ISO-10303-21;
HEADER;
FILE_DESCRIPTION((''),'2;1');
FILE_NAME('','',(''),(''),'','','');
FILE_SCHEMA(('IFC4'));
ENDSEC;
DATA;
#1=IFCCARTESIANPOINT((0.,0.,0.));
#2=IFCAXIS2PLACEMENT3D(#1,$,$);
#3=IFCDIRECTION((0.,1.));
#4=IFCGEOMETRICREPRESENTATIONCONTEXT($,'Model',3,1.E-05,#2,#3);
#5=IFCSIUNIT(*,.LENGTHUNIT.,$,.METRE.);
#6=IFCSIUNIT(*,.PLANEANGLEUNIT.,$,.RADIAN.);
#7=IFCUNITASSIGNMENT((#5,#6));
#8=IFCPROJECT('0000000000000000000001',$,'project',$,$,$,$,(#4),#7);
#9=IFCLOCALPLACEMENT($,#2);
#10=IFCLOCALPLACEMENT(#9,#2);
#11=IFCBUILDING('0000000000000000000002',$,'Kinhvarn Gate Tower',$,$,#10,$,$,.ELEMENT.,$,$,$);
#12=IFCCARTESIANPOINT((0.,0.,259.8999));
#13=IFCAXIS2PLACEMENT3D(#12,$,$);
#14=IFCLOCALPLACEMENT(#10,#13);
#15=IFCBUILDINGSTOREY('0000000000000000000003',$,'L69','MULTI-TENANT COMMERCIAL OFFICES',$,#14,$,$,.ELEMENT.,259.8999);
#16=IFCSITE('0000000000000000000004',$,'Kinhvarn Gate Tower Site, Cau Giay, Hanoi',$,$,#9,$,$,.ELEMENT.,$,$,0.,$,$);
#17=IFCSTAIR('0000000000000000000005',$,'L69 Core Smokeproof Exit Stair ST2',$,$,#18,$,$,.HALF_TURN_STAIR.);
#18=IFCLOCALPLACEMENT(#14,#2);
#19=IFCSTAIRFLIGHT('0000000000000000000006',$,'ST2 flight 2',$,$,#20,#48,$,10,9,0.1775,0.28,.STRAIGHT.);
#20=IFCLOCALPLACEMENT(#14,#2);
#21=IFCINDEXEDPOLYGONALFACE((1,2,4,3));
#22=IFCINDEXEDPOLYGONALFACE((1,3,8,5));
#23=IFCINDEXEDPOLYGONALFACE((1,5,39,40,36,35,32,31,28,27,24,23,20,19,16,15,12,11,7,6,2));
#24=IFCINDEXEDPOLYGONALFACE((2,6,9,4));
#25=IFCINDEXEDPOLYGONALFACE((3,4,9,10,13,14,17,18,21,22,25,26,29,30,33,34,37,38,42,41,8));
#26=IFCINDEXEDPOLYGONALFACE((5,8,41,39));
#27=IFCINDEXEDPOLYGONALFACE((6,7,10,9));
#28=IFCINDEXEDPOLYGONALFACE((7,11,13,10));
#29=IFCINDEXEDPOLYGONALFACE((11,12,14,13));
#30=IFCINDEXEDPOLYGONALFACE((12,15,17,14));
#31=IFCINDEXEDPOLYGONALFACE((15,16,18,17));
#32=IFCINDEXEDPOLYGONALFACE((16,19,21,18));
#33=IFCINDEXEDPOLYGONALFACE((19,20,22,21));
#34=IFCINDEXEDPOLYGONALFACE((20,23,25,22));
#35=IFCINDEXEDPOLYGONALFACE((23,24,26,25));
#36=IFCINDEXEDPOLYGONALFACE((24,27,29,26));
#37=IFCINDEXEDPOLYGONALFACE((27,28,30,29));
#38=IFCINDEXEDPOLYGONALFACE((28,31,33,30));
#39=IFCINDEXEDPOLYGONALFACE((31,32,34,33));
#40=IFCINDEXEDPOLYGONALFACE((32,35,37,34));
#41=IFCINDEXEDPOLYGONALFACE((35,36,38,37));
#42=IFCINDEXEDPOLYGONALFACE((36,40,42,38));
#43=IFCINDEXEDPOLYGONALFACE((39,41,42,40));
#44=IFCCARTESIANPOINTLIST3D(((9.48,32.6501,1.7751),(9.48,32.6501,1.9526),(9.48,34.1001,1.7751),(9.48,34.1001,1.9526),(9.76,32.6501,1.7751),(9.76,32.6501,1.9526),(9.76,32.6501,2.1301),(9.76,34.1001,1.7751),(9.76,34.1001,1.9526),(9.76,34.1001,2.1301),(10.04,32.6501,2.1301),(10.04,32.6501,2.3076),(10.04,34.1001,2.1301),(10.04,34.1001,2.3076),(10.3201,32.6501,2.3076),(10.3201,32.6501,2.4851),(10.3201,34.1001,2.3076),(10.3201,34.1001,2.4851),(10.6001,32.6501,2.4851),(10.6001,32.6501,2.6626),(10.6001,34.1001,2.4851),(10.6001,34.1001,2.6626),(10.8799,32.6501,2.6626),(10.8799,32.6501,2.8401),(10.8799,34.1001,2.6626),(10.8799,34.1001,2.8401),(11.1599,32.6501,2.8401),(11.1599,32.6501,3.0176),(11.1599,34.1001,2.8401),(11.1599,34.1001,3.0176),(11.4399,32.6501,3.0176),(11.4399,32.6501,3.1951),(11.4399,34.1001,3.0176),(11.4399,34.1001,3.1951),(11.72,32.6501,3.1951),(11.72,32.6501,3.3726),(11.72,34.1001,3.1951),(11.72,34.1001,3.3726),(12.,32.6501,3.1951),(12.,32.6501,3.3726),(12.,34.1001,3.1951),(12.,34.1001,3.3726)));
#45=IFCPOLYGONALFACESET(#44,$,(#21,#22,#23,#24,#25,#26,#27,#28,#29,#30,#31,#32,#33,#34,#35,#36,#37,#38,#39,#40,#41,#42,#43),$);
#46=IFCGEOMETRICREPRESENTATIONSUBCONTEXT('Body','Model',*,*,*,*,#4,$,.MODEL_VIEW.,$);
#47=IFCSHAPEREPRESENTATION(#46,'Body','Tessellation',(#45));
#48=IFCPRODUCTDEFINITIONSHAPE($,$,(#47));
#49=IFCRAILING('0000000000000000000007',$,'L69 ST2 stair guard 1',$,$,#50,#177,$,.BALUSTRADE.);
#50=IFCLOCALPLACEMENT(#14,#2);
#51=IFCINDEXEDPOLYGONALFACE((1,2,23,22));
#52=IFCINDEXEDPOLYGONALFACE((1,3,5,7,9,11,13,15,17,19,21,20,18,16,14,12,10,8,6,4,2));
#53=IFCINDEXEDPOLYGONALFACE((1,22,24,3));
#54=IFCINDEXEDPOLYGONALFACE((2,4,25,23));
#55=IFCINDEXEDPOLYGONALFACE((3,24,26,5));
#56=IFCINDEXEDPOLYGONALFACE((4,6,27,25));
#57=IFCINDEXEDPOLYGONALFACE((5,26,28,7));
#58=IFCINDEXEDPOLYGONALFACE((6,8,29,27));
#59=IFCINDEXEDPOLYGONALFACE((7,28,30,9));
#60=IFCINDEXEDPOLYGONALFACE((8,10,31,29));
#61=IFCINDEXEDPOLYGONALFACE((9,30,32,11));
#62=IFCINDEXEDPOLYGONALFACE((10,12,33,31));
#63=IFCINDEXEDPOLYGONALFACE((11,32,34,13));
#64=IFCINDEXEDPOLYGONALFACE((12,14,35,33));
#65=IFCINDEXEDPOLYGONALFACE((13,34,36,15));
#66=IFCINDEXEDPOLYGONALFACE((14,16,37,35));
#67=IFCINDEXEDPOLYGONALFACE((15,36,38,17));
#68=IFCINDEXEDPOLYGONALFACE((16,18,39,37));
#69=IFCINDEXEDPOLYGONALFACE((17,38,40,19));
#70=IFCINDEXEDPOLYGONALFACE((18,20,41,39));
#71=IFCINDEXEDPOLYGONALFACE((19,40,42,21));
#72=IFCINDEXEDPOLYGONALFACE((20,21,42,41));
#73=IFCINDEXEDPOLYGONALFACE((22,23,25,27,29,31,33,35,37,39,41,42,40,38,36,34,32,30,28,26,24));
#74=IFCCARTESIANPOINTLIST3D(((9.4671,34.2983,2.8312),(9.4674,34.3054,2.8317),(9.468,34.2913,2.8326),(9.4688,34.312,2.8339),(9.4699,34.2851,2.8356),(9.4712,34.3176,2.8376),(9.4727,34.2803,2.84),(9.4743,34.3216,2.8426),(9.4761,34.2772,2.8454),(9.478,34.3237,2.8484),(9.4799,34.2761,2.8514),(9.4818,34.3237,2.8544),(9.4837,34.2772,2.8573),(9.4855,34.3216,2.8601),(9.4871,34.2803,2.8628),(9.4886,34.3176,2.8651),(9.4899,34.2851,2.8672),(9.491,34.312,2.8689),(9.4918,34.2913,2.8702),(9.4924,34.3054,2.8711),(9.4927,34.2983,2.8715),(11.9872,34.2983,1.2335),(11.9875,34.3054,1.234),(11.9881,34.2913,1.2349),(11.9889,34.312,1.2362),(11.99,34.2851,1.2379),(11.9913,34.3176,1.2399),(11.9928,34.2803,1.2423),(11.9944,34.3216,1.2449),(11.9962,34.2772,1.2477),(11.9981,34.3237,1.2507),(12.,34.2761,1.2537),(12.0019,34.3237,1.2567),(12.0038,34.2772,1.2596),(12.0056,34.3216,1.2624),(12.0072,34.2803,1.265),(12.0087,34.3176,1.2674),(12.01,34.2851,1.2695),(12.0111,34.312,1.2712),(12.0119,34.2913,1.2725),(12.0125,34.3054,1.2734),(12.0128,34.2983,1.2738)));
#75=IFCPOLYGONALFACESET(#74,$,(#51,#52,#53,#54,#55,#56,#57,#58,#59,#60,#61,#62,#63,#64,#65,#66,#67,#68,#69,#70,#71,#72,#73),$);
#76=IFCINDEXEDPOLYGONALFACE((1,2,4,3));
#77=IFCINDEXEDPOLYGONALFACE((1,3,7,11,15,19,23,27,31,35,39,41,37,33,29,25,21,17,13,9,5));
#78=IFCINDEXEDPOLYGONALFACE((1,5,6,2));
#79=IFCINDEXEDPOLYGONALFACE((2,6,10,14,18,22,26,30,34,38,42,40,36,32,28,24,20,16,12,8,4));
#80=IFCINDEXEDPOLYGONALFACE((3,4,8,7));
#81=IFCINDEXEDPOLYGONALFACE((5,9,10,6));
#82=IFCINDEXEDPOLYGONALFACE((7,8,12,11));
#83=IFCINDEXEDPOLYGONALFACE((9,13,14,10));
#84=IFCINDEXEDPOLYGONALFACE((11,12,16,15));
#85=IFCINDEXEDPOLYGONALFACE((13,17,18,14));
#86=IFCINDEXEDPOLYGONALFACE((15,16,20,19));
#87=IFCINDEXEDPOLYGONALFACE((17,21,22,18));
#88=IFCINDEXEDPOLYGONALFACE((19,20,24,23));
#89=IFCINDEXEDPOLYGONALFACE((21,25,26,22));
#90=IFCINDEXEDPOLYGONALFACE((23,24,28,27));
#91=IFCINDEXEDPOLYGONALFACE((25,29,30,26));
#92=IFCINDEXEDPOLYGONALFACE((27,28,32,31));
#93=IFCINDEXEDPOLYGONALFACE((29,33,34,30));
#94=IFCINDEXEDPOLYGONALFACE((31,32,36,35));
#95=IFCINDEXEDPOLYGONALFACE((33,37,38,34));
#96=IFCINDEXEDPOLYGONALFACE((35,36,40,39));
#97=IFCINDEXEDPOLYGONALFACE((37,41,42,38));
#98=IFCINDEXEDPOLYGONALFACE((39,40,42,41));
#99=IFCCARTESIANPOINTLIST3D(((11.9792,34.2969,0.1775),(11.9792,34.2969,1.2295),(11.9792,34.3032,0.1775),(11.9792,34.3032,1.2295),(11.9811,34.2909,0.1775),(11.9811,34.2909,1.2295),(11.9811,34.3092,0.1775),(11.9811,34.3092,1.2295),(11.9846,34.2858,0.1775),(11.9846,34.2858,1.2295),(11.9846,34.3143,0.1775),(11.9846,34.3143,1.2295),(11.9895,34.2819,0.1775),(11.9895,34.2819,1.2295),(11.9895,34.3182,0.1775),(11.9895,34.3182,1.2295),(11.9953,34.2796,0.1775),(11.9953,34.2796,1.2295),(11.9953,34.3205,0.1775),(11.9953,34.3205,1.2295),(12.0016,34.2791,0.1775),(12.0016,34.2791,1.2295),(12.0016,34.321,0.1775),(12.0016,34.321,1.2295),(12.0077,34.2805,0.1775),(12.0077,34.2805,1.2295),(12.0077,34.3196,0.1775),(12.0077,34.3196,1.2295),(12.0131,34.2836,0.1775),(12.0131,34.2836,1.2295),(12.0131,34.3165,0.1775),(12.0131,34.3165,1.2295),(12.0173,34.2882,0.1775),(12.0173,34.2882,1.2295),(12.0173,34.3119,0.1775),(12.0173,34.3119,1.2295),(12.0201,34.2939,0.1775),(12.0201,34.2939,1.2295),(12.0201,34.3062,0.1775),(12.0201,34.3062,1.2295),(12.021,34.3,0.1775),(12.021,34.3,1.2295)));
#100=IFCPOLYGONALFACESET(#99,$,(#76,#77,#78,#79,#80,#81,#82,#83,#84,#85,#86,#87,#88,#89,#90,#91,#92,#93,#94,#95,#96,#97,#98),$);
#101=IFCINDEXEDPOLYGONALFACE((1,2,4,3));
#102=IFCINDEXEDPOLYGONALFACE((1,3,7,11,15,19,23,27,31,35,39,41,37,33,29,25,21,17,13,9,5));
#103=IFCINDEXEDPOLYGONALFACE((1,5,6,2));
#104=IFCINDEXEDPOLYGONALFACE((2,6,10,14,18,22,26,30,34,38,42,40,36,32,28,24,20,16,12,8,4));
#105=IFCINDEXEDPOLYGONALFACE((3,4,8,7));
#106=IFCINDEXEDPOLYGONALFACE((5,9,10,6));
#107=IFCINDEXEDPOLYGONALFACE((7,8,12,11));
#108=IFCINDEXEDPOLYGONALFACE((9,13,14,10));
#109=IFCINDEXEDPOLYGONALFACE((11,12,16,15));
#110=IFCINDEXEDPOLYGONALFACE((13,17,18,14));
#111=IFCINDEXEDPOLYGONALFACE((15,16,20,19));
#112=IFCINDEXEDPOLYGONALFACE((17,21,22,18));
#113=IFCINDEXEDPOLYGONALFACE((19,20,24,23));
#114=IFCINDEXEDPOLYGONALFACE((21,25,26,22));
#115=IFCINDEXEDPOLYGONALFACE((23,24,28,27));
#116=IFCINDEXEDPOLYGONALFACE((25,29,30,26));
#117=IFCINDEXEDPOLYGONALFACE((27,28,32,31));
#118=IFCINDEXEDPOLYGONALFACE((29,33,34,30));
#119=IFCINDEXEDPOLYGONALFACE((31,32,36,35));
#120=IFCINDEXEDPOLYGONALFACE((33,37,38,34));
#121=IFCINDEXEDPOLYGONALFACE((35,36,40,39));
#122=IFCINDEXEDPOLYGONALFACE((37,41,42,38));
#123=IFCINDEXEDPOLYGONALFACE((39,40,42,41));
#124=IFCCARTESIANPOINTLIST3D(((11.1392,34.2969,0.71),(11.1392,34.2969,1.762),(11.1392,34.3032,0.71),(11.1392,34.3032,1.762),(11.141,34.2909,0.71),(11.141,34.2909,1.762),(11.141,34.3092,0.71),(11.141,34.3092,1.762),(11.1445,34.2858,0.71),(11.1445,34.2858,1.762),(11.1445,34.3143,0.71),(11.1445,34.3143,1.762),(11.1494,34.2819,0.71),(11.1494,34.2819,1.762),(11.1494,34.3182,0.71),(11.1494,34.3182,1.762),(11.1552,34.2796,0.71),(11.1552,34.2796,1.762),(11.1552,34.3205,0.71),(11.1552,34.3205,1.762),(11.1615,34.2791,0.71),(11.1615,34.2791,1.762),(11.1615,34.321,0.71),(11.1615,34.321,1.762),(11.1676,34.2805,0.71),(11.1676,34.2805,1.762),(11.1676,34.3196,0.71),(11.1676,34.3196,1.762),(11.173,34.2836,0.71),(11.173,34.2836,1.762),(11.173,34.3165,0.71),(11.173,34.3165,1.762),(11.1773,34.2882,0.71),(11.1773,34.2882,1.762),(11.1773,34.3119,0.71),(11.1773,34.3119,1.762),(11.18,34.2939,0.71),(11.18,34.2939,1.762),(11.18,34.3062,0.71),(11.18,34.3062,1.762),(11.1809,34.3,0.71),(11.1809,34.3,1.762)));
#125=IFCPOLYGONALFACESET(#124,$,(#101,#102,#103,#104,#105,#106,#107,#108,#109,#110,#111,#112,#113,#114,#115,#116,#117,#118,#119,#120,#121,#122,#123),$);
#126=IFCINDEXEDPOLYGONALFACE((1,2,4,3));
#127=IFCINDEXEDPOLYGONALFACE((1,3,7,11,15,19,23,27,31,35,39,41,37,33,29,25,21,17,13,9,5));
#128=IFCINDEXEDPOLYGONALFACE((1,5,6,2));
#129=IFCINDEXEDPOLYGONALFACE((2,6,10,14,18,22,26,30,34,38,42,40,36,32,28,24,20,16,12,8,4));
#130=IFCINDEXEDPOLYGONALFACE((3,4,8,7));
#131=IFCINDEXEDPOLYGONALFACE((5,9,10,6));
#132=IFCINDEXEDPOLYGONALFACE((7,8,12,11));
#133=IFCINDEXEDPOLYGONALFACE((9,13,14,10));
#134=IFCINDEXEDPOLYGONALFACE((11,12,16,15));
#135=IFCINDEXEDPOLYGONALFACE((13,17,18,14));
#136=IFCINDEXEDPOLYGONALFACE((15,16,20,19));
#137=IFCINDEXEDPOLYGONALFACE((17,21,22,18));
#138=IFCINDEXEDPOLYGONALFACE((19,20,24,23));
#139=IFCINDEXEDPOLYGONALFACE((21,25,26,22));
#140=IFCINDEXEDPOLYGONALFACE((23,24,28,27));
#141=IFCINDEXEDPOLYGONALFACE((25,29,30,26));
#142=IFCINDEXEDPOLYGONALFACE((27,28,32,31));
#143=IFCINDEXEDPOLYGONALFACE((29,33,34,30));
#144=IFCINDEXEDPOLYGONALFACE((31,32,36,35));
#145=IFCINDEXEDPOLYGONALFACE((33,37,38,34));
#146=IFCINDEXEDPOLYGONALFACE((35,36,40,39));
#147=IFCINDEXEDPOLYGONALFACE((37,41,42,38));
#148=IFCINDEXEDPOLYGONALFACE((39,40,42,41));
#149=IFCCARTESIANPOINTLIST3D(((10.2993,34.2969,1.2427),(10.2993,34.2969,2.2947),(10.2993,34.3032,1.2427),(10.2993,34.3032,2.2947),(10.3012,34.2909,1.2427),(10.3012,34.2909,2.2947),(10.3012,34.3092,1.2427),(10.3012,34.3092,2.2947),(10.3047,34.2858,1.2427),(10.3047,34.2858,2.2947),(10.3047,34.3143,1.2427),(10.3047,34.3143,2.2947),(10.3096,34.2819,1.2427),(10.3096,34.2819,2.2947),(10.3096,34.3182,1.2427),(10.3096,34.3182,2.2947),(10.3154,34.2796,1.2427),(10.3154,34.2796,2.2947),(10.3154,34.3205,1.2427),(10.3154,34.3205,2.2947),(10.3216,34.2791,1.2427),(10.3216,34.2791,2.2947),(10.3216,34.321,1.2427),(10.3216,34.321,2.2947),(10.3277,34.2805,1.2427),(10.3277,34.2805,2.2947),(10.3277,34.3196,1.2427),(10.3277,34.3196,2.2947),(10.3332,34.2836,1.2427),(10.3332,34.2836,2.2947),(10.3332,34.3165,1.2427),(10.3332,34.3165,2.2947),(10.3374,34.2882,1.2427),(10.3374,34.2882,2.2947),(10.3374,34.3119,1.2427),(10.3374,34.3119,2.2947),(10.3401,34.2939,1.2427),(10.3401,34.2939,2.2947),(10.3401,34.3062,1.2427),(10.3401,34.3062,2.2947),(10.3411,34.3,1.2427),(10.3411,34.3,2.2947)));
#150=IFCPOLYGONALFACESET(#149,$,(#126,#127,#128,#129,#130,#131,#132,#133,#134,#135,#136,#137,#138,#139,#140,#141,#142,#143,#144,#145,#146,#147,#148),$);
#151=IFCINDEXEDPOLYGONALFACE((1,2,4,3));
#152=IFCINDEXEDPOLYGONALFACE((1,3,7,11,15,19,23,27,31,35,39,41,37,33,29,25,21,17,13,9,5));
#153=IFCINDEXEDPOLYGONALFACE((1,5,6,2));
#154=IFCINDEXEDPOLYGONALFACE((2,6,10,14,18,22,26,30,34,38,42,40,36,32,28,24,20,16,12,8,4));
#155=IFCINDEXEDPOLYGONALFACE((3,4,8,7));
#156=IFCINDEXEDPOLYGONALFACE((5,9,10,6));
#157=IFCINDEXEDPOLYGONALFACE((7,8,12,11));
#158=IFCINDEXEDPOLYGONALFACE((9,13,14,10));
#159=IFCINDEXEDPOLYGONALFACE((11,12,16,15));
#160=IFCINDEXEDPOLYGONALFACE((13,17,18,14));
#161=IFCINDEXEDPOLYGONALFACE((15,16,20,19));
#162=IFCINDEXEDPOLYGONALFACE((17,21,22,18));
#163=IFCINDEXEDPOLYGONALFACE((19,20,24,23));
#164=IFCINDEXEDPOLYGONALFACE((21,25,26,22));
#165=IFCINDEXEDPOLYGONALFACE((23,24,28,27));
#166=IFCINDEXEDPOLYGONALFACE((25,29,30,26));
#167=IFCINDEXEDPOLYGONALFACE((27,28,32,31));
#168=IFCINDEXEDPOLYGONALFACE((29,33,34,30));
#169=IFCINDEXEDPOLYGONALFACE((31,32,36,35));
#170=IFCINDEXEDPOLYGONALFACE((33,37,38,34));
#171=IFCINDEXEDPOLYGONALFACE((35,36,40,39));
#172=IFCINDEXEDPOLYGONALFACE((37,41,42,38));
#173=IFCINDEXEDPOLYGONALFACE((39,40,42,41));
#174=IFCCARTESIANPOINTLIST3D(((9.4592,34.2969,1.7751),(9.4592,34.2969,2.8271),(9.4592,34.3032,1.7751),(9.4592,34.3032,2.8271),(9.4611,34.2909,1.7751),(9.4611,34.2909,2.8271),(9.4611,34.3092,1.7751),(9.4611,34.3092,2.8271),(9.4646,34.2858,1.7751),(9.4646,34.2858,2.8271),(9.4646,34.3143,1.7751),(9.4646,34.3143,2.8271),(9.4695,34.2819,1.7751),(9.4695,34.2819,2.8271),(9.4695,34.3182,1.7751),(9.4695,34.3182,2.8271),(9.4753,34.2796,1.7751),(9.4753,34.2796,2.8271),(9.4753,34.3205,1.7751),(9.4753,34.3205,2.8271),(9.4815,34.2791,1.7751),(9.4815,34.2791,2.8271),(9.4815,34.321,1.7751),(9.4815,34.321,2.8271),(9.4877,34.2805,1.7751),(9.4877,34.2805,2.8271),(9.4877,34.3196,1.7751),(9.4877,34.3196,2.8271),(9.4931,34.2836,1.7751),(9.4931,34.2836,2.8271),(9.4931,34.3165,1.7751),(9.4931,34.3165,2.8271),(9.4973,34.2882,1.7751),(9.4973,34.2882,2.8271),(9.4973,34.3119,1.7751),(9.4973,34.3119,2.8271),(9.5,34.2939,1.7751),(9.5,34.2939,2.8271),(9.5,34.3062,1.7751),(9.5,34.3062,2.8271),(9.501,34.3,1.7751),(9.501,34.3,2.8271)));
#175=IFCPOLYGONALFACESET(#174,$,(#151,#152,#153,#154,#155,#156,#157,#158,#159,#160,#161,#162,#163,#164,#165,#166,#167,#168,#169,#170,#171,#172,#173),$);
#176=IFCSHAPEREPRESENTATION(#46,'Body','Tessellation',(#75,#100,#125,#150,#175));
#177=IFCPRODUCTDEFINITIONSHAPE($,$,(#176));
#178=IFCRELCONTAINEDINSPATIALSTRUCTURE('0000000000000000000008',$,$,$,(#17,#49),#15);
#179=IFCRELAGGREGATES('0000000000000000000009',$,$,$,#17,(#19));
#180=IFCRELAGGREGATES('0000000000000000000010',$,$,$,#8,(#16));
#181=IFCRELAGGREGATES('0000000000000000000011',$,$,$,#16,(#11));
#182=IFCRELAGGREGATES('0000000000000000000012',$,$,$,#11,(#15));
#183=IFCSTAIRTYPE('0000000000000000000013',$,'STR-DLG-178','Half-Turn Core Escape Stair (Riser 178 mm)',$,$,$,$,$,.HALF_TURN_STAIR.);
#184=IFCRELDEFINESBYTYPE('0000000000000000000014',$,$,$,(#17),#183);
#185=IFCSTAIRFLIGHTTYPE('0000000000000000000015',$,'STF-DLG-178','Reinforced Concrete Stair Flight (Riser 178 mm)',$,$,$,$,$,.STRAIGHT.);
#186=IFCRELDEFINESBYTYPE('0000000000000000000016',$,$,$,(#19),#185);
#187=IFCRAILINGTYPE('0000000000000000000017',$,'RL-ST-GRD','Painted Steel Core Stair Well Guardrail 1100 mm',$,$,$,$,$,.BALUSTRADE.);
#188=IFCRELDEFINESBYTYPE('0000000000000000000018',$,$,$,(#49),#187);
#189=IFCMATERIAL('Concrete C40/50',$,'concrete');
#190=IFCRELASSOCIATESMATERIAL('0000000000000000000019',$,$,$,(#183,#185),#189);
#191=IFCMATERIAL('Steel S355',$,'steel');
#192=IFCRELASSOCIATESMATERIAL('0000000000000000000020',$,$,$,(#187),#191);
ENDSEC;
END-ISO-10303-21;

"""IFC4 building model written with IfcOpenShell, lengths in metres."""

from ifc_helpers import new_model, si_unit, direction, frame, origin, origin_2d, place, context, subcontext, project, spatial, polyline, circle, outline, extrude, material, type_object, element, aggregate, save


model = new_model("IFC4")

# Units and contexts
model_context = context("Model", 3, precision=1e-05, world=origin(), true_north=direction((0.0, 1.0)))
body_context = subcontext(model_context, "Body", "Model", "MODEL_VIEW")
ifc_project = project(units=[si_unit("LENGTHUNIT", "METRE"), si_unit("PLANEANGLEUNIT", "RADIAN")], contexts=[model_context])

# Site, building, storey
site_placement = place(None, origin())
site = spatial("IfcSite", under=ifc_project, at=site_placement, Name="Kinhvarn Gate Tower Site, Cau Giay, Hanoi", CompositionType="ELEMENT", RefElevation=0.0)
building_placement = place(site_placement, origin())
building = spatial("IfcBuilding", under=site, at=building_placement, Name="Kinhvarn Gate Tower", CompositionType="ELEMENT")
storey_placement = place(building_placement, frame((0.0, 0.0, 259.8999)))
storey = spatial("IfcBuildingStorey", under=building, at=storey_placement, Name="L69", Description="MULTI-TENANT COMMERCIAL OFFICES", CompositionType="ELEMENT", Elevation=259.8999)

# Shared definitions
ifc_material_1 = material(Name="Concrete C40/50", Category="concrete")

# Stair, stair flight
stair_type = type_object("IfcStairType", Name="STR-DLG-178", Description="Half-Turn Core Escape Stair (Riser 178 mm)", PredefinedType="HALF_TURN_STAIR", material=ifc_material_1)
stair_placement = place(storey_placement, origin())
stair = element("IfcStair", 1, at=stair_placement, inside=storey, type_object=stair_type, Name="L69 Core Smokeproof Exit Stair ST2", PredefinedType="HALF_TURN_STAIR")
stair_flight_type = type_object("IfcStairFlightType", Name="STF-DLG-178", Description="Reinforced Concrete Stair Flight (Riser 178 mm)", PredefinedType="STRAIGHT", material=ifc_material_1)
stair_flight_1_placement = place(storey_placement, frame((9.48, 33.375, 1.7751), z_axis=(0.0, 0.0, 1.0), x_axis=(1.0, 0.0, 0.0)))
stair_flight_1 = element("IfcStairFlight", 2, at=stair_flight_1_placement, type_object=stair_flight_type, Name="ST2 flight 2", NumberOfRisers=10, NumberOfTreads=9, PredefinedType="STRAIGHT", RiserHeight=0.1775, TreadLength=0.28, context=body_context, shape_type="SweptSolid", body=[
    extrude(outline(polyline([(0.0, 0.0), (0.0, 0.1775), (0.28, 0.1775), (0.28, 0.355), (0.5601, 0.355), (0.5601, 0.5325), (0.8401, 0.5325), (0.8401, 0.71), (1.1201, 0.71), (1.1201, 0.8875), (1.3999, 0.8875), (1.3999, 1.0649), (1.6799, 1.0649), (1.6799, 1.2424), (1.96, 1.2424), (1.96, 1.4199), (2.24, 1.4199), (2.24, 1.5974), (2.52, 1.5974), (2.52, 1.7749), (2.52, 1.4199), (0.28, 0.0), (0.0, 0.0)])), frame((0.0, 0.7251, 0.0), z_axis=(0.0, -1.0, 0.0), x_axis=(1.0, 0.0, 0.0)), (0.0, 0.0, 1.0), 1.45),
])
aggregate(stair, [stair_flight_1])

# Railing
ifc_material_2 = material(Name="Steel S355", Category="steel")
railing_type_1 = type_object("IfcRailingType", Name="RL-ST-GRD", Description="Painted Steel Core Stair Well Guardrail 1100 mm", PredefinedType="BALUSTRADE", material=ifc_material_2)
railing_1_placement = place(storey_placement, frame((12.0, 34.3, 0.1775)))
element("IfcRailing", 3, at=railing_1_placement, inside=storey, type_object=railing_type_1, Name="L69 ST2 stair guard 1", PredefinedType="BALUSTRADE", context=body_context, shape_type="SweptSolid", body=[
    extrude(circle(Radius=0.0239, at=origin_2d()), frame((0.0, 0.0, 1.0762), z_axis=(-0.84457, 0.0, 0.535445), x_axis=(0.0, -1.0, 0.0)), (0.0, 0.0, 1.0), 2.9839),
    extrude(circle(Radius=0.021, at=origin_2d()), origin(), (0.0, 0.0, 1.0), 1.052),
    extrude(circle(Radius=0.021, at=origin_2d()), frame((-0.8401, 0.0, 0.5325)), (0.0, 0.0, 1.0), 1.052),
    extrude(circle(Radius=0.021, at=origin_2d()), frame((-1.6799, 0.0, 1.0652)), (0.0, 0.0, 1.0), 1.052),
    extrude(circle(Radius=0.021, at=origin_2d()), frame((-2.52, 0.0, 1.5977)), (0.0, 0.0, 1.0), 1.052),
])

save(model, "model.ifc")
